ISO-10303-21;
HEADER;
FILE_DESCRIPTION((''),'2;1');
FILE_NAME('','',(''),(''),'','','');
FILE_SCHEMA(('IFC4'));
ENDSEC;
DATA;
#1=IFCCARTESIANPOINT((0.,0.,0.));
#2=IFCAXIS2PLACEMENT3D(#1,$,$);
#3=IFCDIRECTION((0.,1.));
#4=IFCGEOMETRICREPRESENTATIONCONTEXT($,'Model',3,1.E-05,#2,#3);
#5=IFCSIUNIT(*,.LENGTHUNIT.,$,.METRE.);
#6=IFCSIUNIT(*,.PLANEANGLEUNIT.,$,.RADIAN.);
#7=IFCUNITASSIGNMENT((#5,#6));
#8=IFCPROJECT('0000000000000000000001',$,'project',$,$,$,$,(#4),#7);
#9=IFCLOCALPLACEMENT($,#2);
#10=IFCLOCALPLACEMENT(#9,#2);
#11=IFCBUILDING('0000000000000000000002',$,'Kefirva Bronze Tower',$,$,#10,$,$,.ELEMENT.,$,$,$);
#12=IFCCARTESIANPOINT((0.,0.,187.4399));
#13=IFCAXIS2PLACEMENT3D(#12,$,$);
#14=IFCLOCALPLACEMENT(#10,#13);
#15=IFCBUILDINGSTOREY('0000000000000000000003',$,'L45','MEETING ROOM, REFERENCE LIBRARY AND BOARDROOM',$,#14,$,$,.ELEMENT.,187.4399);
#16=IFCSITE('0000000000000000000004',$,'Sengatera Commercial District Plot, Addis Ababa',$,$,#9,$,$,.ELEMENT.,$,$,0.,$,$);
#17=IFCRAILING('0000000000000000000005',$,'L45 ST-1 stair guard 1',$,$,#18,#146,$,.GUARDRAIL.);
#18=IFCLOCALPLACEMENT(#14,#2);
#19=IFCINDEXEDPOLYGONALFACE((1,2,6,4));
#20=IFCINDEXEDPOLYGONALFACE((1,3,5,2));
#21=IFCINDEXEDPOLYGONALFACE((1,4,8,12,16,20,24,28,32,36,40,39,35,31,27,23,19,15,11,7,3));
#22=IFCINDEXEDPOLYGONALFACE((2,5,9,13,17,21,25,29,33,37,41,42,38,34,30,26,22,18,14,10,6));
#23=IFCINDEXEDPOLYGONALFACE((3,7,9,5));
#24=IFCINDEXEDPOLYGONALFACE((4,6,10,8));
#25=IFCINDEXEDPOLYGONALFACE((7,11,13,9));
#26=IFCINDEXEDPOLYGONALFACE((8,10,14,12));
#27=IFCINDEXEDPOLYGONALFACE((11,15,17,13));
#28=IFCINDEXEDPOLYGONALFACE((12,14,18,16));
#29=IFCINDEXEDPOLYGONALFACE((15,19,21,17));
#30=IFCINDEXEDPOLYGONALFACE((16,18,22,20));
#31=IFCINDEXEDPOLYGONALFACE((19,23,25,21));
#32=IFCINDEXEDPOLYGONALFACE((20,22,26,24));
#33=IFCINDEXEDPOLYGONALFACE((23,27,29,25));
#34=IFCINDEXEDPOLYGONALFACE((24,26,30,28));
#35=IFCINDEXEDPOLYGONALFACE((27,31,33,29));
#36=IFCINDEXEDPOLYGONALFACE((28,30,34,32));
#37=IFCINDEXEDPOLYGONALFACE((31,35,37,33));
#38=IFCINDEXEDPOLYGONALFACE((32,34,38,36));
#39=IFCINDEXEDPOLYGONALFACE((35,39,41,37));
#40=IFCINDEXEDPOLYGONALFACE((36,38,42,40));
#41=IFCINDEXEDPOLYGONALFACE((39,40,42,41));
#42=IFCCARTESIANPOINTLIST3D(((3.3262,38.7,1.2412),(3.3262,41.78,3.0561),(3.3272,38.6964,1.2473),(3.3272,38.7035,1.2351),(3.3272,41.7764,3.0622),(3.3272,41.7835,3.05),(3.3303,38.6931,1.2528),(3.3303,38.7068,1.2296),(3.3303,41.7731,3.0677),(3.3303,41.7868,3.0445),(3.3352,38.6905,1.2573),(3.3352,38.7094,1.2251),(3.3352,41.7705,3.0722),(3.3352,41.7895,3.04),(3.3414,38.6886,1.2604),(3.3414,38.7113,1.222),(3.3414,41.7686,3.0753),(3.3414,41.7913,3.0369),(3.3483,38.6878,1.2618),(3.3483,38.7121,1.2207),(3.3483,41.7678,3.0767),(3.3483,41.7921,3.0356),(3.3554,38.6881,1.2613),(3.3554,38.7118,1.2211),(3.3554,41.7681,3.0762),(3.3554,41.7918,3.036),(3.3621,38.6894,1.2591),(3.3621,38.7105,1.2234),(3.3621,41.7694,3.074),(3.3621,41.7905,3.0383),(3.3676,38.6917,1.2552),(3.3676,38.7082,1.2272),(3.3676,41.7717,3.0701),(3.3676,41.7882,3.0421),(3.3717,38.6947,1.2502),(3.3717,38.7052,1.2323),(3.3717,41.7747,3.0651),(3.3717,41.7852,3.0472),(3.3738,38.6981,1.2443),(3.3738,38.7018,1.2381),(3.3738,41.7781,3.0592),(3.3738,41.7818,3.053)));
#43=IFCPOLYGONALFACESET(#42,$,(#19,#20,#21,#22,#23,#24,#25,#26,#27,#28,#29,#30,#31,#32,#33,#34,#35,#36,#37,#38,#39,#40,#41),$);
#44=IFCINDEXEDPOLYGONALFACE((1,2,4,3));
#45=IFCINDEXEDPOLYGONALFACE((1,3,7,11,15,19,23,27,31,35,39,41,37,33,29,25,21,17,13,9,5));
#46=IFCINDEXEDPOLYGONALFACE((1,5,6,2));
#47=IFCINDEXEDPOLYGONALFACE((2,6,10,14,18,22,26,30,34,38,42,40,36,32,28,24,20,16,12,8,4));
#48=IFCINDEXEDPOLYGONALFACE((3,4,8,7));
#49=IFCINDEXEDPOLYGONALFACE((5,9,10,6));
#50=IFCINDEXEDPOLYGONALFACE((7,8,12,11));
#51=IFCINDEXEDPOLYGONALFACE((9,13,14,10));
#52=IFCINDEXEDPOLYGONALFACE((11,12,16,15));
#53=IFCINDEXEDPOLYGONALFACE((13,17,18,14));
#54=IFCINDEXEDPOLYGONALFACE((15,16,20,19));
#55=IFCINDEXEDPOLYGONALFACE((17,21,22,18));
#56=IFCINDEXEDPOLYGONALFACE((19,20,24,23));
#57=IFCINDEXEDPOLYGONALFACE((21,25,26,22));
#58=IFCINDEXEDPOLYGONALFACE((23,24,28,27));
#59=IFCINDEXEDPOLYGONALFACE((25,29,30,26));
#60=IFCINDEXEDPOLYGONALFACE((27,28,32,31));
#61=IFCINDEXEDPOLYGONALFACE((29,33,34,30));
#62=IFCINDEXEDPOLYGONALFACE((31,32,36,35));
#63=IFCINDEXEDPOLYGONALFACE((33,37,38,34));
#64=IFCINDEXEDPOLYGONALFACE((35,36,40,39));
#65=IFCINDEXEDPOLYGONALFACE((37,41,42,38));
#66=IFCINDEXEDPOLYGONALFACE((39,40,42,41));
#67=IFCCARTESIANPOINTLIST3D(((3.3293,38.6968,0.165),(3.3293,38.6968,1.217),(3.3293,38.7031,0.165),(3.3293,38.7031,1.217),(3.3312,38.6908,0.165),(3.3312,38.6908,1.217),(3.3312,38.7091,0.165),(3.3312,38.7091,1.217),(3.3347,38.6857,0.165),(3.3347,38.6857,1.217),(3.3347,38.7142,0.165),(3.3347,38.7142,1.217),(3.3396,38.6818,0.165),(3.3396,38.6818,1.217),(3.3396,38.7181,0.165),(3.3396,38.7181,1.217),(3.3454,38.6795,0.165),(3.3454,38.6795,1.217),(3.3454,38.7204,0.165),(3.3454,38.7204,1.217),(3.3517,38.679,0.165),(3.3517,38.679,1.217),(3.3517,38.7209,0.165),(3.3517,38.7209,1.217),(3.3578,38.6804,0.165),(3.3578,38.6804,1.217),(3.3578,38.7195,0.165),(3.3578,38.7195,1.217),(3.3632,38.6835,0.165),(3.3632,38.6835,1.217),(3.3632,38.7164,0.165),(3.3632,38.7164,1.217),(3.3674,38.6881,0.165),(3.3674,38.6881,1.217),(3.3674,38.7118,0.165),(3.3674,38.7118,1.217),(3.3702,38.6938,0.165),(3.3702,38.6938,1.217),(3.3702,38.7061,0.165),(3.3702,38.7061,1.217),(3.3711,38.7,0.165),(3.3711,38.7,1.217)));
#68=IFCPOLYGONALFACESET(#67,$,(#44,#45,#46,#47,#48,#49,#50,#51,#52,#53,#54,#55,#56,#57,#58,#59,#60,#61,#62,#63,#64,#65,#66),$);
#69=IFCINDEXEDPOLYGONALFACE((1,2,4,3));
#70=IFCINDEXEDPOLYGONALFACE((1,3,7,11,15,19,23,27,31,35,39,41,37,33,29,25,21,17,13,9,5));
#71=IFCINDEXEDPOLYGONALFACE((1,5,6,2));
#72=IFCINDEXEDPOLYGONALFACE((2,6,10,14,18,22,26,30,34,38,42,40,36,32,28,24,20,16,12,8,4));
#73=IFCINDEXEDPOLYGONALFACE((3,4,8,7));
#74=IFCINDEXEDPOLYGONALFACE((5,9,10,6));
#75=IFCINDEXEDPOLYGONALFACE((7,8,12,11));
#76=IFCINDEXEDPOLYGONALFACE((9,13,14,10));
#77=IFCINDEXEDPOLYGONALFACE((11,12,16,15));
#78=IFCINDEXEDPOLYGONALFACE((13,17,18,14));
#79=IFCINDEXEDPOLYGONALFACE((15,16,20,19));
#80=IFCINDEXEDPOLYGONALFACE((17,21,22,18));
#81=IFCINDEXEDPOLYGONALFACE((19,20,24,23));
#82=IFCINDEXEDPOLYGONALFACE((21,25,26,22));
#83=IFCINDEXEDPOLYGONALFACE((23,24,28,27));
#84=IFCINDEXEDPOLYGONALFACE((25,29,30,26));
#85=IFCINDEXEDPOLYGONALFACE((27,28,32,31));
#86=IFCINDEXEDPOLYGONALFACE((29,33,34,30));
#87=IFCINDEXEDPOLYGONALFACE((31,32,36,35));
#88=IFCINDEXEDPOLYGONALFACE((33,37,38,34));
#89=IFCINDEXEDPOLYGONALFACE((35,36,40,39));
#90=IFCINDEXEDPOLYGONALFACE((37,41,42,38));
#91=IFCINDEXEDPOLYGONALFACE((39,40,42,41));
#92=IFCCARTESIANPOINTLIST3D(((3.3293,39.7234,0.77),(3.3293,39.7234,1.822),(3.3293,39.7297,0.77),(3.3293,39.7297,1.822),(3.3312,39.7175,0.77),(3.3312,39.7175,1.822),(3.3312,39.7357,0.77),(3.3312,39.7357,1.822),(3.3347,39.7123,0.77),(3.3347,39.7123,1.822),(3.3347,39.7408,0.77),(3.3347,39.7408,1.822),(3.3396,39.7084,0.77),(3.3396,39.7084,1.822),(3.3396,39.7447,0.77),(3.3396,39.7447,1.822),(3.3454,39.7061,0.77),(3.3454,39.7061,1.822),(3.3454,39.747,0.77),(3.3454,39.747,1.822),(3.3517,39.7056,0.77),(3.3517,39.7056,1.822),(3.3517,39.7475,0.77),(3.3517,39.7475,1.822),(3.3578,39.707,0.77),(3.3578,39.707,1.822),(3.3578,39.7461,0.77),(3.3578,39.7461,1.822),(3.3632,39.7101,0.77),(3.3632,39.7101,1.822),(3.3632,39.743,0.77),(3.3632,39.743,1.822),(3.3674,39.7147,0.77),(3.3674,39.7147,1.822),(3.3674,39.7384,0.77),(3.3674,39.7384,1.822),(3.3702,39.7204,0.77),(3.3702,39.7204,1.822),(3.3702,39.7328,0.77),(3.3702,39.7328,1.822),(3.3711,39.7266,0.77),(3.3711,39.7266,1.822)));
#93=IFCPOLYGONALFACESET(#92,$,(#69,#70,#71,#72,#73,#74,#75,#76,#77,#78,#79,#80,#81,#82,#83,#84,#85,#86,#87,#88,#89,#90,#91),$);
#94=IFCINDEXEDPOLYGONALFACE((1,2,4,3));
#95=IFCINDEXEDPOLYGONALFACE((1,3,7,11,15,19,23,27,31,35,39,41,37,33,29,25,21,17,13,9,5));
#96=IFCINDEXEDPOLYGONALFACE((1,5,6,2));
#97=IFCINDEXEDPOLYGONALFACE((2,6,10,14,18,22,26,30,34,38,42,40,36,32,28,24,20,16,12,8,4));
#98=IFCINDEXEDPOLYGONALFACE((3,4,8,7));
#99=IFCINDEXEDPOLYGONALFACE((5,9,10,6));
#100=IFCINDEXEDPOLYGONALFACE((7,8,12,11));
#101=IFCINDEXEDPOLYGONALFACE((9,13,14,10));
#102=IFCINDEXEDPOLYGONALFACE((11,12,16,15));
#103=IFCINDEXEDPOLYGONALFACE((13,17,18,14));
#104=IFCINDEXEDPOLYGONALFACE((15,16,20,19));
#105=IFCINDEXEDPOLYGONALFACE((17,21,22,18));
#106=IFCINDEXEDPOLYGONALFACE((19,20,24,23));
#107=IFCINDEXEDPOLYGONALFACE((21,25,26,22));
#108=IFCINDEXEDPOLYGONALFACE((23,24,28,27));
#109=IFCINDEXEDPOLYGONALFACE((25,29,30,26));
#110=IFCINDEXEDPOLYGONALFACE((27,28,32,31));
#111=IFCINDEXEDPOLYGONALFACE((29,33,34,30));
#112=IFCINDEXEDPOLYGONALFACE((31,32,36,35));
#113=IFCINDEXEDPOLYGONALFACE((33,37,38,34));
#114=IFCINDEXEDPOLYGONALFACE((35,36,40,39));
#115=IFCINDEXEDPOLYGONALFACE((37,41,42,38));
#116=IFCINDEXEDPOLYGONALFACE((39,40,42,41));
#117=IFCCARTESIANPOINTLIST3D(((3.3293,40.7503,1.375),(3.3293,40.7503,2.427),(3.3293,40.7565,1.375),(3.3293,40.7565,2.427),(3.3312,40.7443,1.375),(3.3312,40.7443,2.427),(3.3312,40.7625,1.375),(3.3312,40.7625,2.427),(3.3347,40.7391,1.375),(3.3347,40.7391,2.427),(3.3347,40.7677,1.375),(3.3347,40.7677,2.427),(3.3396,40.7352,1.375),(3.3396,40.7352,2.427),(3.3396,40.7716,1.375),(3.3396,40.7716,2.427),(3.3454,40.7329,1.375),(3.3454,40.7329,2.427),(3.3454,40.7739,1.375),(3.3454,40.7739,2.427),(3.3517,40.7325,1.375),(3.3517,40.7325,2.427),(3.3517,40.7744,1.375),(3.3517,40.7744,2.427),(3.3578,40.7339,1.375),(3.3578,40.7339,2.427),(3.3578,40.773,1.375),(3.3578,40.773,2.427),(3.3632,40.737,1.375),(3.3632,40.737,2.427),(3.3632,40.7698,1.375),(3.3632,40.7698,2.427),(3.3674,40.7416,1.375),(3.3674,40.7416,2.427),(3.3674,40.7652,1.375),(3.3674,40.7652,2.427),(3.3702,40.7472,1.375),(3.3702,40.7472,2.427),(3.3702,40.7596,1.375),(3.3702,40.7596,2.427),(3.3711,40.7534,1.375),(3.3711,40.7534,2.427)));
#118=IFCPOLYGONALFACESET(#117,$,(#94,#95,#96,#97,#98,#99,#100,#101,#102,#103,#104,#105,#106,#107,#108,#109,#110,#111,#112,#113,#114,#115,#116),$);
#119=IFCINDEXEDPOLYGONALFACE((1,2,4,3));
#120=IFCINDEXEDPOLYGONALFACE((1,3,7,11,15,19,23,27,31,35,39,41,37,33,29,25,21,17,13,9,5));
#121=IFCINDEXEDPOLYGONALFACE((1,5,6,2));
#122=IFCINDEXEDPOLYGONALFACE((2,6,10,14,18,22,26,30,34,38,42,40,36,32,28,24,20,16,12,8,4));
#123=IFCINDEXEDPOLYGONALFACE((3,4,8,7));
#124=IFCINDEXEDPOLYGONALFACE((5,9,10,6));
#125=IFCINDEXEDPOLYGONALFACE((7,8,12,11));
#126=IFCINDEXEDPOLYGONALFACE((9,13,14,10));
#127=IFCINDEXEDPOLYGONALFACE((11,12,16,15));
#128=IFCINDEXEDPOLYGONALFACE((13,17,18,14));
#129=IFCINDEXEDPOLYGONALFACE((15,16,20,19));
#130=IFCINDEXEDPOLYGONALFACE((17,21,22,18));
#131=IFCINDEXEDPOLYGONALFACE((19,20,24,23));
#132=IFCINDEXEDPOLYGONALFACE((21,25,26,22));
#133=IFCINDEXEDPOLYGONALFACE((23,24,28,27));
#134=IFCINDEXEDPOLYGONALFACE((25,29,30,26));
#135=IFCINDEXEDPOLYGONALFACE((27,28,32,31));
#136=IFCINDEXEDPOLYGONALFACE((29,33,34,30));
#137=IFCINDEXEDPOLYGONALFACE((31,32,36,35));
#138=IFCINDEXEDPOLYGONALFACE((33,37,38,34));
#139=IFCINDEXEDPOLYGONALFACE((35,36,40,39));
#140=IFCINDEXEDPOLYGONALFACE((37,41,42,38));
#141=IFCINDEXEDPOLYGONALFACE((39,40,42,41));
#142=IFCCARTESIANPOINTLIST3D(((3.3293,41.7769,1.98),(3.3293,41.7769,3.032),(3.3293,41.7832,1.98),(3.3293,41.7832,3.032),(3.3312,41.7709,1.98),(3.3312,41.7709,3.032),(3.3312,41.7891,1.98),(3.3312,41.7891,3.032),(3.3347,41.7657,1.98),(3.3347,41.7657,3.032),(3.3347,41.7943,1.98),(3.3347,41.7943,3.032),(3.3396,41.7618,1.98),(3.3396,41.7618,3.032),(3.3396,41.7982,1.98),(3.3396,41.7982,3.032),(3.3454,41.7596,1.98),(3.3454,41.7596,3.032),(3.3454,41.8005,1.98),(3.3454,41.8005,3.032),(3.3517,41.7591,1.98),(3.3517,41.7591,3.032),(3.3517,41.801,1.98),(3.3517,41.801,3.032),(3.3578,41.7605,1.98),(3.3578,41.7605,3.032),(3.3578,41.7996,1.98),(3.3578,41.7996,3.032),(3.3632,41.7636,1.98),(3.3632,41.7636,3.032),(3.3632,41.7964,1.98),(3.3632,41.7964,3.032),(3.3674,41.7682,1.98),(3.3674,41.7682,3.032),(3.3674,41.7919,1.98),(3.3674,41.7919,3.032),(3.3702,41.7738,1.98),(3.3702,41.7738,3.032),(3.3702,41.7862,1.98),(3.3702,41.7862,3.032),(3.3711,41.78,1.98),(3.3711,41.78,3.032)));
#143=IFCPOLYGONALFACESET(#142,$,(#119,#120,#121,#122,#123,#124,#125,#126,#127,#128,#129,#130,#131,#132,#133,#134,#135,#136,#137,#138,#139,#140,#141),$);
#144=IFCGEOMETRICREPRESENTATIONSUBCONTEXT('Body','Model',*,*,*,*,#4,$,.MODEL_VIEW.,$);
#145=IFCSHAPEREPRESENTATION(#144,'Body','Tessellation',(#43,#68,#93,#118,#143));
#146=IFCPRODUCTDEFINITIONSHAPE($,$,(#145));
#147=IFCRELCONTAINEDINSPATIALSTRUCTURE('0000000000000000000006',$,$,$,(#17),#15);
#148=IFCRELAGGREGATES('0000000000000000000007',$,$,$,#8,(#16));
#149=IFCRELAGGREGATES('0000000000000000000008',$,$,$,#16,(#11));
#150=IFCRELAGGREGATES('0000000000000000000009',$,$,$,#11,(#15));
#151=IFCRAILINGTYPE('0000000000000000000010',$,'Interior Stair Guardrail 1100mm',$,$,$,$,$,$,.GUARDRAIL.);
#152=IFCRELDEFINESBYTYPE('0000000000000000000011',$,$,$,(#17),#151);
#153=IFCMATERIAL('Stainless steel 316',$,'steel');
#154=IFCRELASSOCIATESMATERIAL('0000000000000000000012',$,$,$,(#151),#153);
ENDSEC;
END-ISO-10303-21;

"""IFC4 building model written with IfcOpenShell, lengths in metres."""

from ifc_helpers import new_model, si_unit, direction, frame, origin, origin_2d, place, context, subcontext, project, spatial, circle, extrude, material, type_object, element, save


model = new_model("IFC4")

# Units and contexts
model_context = context("Model", 3, precision=1e-05, world=origin(), true_north=direction((0.0, 1.0)))
body_context = subcontext(model_context, "Body", "Model", "MODEL_VIEW")
ifc_project = project(units=[si_unit("LENGTHUNIT", "METRE"), si_unit("PLANEANGLEUNIT", "RADIAN")], contexts=[model_context])

# Site, building, storey
site_placement = place(None, origin())
site = spatial("IfcSite", under=ifc_project, at=site_placement, Name="Sengatera Commercial District Plot, Addis Ababa", CompositionType="ELEMENT", RefElevation=0.0)
building_placement = place(site_placement, origin())
building = spatial("IfcBuilding", under=site, at=building_placement, Name="Kefirva Bronze Tower", CompositionType="ELEMENT")
storey_placement = place(building_placement, frame((0.0, 0.0, 187.4399)))
storey = spatial("IfcBuildingStorey", under=building, at=storey_placement, Name="L45", Description="MEETING ROOM, REFERENCE LIBRARY AND BOARDROOM", CompositionType="ELEMENT", Elevation=187.4399)

# Railing
ifc_material_1 = material(Name="Stainless steel 316", Category="steel")
railing_type_1 = type_object("IfcRailingType", Name="Interior Stair Guardrail 1100mm", PredefinedType="GUARDRAIL", material=ifc_material_1)
railing_1_placement = place(storey_placement, frame((3.3501, 38.7, 0.165)))
element("IfcRailing", 1, at=railing_1_placement, inside=storey, type_object=railing_type_1, Name="L45 ST-1 stair guard 1", PredefinedType="GUARDRAIL", context=body_context, shape_type="SweptSolid", body=[
    extrude(circle(Radius=0.0239, at=origin_2d()), frame((0.0, 0.0, 1.0762), z_axis=(0.0, 0.861551, 0.507671), x_axis=(-1.0, 0.0, 0.0)), (0.0, 0.0, 1.0), 3.575),
    extrude(circle(Radius=0.021, at=origin_2d()), origin(), (0.0, 0.0, 1.0), 1.052),
    extrude(circle(Radius=0.021, at=origin_2d()), frame((0.0, 1.0266, 0.605)), (0.0, 0.0, 1.0), 1.052),
    extrude(circle(Radius=0.021, at=origin_2d()), frame((0.0, 2.0535, 1.21)), (0.0, 0.0, 1.0), 1.052),
    extrude(circle(Radius=0.021, at=origin_2d()), frame((0.0, 3.0801, 1.8149)), (0.0, 0.0, 1.0), 1.052),
])

save(model, "model.ifc")
